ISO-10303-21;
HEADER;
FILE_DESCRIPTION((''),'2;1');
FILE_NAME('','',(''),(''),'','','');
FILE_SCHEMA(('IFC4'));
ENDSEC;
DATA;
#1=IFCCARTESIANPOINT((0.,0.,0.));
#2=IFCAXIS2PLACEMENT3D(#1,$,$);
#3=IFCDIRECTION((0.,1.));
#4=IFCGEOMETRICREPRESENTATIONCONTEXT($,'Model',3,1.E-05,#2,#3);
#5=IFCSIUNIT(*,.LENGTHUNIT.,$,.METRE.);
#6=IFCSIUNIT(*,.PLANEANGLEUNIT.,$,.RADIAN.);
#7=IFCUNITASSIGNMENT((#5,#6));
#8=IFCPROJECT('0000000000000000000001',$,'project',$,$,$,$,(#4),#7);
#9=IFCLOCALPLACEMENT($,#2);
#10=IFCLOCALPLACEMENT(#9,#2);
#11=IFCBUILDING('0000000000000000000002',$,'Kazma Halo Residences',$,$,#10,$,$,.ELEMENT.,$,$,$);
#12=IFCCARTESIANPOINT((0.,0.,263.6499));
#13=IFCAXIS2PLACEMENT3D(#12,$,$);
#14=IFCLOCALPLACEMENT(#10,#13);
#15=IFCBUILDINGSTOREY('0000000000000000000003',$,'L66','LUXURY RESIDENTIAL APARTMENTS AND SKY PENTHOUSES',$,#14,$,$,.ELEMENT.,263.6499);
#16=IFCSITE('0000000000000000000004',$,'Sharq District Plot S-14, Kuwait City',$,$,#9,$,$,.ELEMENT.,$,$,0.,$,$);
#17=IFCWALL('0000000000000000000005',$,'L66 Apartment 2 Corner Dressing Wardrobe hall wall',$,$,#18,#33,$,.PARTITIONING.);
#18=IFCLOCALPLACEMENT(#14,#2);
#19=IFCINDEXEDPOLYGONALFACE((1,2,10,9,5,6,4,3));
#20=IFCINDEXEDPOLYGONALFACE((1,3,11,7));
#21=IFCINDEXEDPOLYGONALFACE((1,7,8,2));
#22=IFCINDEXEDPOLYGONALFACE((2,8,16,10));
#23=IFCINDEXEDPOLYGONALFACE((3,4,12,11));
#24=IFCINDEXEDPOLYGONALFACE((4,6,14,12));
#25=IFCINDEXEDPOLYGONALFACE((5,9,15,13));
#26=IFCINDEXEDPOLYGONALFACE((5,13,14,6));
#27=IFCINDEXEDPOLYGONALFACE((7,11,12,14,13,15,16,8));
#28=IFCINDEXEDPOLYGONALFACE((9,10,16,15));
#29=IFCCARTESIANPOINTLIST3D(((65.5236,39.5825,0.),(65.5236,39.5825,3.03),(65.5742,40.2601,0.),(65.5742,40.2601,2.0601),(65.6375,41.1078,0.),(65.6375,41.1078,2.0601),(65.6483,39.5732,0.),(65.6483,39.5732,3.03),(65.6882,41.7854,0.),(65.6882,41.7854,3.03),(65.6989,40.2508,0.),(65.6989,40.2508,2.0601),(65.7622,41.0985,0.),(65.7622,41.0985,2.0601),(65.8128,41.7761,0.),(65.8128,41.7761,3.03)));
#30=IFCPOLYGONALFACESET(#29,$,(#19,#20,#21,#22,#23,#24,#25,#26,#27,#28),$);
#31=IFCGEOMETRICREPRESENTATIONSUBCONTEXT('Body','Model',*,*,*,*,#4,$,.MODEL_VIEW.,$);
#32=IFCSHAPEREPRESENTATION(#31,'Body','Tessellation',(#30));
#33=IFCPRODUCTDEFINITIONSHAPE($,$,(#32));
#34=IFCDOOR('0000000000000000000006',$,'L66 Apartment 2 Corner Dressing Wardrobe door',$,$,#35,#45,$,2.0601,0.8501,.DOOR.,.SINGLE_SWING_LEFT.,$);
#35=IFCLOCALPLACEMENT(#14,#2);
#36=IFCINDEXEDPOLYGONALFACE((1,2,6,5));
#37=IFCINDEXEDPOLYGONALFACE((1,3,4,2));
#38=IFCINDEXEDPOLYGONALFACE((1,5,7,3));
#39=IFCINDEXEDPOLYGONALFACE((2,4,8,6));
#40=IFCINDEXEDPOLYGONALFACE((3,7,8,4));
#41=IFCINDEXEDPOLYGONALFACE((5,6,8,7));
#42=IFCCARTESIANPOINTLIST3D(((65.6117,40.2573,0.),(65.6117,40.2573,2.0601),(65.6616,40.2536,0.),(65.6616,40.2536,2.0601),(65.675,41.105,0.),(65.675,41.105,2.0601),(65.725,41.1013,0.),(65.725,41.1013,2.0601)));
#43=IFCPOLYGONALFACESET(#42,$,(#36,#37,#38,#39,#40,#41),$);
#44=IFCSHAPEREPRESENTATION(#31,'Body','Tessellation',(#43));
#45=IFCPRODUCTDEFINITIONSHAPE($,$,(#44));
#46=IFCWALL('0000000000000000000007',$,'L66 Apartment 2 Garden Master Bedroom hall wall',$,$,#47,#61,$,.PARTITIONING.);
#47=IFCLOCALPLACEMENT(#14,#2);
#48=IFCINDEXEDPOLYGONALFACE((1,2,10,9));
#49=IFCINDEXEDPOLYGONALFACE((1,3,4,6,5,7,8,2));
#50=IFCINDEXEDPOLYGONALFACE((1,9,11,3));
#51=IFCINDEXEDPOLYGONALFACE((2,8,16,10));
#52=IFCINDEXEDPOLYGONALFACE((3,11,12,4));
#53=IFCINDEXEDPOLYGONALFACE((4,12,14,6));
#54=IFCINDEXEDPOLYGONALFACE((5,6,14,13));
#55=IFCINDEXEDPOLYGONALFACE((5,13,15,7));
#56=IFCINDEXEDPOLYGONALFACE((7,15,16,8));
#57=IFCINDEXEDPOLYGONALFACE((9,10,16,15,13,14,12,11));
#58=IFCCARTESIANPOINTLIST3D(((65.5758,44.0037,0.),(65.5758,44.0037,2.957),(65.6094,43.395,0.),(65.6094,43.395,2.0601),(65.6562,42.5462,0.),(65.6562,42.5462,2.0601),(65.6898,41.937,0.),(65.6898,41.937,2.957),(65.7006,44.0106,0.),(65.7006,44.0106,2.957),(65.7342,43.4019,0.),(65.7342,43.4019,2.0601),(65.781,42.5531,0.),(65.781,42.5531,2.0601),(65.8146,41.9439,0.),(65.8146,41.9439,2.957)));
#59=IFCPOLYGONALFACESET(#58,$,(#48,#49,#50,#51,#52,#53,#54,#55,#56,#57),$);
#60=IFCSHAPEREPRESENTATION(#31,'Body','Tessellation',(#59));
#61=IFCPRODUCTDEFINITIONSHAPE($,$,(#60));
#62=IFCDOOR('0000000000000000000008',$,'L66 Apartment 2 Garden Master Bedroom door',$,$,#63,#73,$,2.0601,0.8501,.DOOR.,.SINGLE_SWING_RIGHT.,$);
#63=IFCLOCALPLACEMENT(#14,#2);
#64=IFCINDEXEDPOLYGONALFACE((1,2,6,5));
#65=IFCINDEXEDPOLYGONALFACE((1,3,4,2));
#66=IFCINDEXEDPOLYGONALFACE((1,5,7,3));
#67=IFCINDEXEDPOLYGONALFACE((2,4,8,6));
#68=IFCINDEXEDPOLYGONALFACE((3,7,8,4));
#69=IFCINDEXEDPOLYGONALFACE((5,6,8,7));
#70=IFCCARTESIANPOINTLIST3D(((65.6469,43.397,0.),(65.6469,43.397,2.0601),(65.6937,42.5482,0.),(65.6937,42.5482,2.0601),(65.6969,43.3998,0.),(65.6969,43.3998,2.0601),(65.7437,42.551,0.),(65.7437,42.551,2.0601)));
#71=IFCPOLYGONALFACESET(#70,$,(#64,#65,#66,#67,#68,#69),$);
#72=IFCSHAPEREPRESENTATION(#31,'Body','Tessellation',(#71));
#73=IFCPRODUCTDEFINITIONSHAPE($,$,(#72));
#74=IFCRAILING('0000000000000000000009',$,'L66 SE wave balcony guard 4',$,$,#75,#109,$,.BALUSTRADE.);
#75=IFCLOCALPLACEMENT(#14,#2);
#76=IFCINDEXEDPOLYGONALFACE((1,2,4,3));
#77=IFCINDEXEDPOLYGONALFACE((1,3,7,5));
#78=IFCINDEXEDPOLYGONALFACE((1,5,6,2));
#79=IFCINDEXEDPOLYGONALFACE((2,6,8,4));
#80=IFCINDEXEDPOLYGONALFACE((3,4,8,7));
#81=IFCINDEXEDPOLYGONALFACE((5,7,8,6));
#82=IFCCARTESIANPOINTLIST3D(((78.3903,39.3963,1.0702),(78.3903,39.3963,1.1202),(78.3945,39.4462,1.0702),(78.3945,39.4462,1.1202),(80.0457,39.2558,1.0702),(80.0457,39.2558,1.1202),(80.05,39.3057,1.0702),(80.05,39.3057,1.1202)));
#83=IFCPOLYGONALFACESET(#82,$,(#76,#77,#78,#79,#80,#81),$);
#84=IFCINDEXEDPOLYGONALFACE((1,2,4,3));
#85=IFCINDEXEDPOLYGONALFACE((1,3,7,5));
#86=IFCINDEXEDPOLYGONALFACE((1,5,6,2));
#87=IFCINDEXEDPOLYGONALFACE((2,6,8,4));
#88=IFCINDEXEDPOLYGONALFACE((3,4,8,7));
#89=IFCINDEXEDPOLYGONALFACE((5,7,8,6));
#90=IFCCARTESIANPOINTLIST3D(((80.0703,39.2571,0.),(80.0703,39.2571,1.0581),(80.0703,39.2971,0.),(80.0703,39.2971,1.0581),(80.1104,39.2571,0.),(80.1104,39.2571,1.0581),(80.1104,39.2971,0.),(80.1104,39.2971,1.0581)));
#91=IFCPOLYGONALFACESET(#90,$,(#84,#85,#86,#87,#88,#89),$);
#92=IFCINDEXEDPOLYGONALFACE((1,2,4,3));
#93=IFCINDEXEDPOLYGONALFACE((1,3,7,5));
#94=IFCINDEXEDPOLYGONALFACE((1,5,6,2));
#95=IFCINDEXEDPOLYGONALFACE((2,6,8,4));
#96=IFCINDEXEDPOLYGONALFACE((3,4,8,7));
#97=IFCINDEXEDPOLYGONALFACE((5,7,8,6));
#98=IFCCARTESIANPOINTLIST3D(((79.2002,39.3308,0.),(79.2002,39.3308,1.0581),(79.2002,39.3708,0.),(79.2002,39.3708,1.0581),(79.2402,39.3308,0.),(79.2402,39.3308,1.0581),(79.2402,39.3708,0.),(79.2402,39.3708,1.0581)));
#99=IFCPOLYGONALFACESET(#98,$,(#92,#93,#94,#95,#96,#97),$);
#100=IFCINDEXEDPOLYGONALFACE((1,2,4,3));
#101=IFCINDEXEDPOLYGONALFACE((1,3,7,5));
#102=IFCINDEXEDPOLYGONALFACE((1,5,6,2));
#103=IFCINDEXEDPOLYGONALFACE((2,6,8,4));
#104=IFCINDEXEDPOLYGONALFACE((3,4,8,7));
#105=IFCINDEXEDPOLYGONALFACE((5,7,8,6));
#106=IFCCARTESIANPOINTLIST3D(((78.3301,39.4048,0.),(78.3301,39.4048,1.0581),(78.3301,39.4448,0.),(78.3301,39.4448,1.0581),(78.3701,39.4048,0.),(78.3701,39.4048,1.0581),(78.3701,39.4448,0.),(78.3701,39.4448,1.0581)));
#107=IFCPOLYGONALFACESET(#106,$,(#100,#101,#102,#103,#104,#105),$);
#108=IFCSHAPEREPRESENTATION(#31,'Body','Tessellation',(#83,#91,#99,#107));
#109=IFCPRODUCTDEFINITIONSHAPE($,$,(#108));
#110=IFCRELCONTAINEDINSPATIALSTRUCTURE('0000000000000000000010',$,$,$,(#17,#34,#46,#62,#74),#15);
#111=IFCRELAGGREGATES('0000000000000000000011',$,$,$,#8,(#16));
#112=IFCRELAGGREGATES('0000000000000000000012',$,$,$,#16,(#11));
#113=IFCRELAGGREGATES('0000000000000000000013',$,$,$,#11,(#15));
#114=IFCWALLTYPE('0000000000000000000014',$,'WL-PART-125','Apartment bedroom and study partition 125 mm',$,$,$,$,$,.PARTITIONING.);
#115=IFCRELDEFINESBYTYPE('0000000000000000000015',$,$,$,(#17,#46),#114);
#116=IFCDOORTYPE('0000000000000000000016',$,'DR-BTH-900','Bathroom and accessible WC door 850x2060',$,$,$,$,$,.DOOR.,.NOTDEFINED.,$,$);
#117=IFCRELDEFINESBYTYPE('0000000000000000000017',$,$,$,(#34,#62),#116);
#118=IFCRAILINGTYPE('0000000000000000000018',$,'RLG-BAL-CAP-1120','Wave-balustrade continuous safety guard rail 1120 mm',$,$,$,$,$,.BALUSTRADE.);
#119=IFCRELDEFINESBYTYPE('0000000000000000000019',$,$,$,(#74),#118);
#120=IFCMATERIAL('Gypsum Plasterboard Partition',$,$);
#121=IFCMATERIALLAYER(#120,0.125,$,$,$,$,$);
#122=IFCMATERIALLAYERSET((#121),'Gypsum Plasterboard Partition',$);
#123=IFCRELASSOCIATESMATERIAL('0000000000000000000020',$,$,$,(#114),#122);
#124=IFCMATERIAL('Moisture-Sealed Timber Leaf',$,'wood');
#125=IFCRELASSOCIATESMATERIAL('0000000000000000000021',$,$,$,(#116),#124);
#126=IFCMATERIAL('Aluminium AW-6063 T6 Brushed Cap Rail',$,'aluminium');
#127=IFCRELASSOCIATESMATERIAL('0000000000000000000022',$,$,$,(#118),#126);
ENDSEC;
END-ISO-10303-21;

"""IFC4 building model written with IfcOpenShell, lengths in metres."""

from ifc_helpers import new_model, si_unit, direction, frame, frame_2d, origin, origin_2d, place, context, subcontext, project, spatial, rectangle, extrude, material, layer, layer_set, type_object, element, fill, save


model = new_model("IFC4")

# Units and contexts
model_context = context("Model", 3, precision=1e-05, world=origin(), true_north=direction((0.0, 1.0)))
body_context = subcontext(model_context, "Body", "Model", "MODEL_VIEW")
ifc_project = project(units=[si_unit("LENGTHUNIT", "METRE"), si_unit("PLANEANGLEUNIT", "RADIAN")], contexts=[model_context])

# Site, building, storey
site_placement = place(None, origin())
site = spatial("IfcSite", under=ifc_project, at=site_placement, Name="Sharq District Plot S-14, Kuwait City", CompositionType="ELEMENT", RefElevation=0.0)
building_placement = place(site_placement, origin())
building = spatial("IfcBuilding", under=site, at=building_placement, Name="Kazma Halo Residences", CompositionType="ELEMENT")
storey_placement = place(building_placement, frame((0.0, 0.0, 263.6499)))
storey = spatial("IfcBuildingStorey", under=building, at=storey_placement, Name="L66", Description="LUXURY RESIDENTIAL APARTMENTS AND SKY PENTHOUSES", CompositionType="ELEMENT", Elevation=263.6499)

# Shared definitions
ifc_material_1 = material(Name="Gypsum Plasterboard Partition")
ifc_layer_1 = layer(ifc_material_1, 0.125)
ifc_layer_set_1 = layer_set([ifc_layer_1], Name="Gypsum Plasterboard Partition")
wall_type_1 = type_object("IfcWallType", Name="WL-PART-125", Description="Apartment bedroom and study partition 125 mm", PredefinedType="PARTITIONING", material=ifc_layer_set_1)

# Shared definitions
ifc_material_2 = material(Name="Moisture-Sealed Timber Leaf", Category="wood")
door_type = type_object("IfcDoorType", Name="DR-BTH-900", Description="Bathroom and accessible WC door 850x2060", OperationType="NOTDEFINED", PredefinedType="DOOR", material=ifc_material_2)

# Walls, openings, doors
wall_1_placement = place(storey_placement, frame((65.5859, 39.5779, 0.0), z_axis=(0.0, 0.0, 1.0), x_axis=(0.07449, 0.997222, 0.0)))
wall_1 = element("IfcWall", 1, at=wall_1_placement, inside=storey, type_object=wall_type_1, Name="L66 Apartment 2 Corner Dressing Wardrobe hall wall", PredefinedType="PARTITIONING", context=body_context, shape_type="SweptSolid", body=[
    extrude(rectangle(XDim=2.209, YDim=0.125, at=frame_2d((1.1045, 0.0))), origin(), (0.0, 0.0, 1.0), 3.03),
])
opening_1_placement = place(wall_1_placement, frame((0.6794, 0.0, 0.0)))
opening_1 = element("IfcOpeningElement", 2, at=opening_1_placement, cuts=wall_1, PredefinedType="OPENING", context=body_context, shape_type="SweptSolid", body=[
    extrude(rectangle(XDim=0.8501, YDim=2.0601, at=frame_2d((0.425, 1.03))), frame((0.0, 0.0725, 0.0), z_axis=(0.0, -1.0, 0.0), x_axis=(1.0, 0.0, 0.0)), (0.0, 0.0, 1.0), 0.145),
])
door_1_placement = place(opening_1_placement, origin())
door_1 = element("IfcDoor", 3, at=door_1_placement, inside=storey, type_object=door_type, Name="L66 Apartment 2 Corner Dressing Wardrobe door", OperationType="SINGLE_SWING_LEFT", OverallHeight=2.0601, OverallWidth=0.8501, PredefinedType="DOOR", context=body_context, shape_type="SweptSolid", body=[
    extrude(rectangle(XDim=0.8501, YDim=2.0601, at=frame_2d((0.425, 1.03))), frame((0.0, 0.0249, 0.0), z_axis=(0.0, -1.0, 0.0), x_axis=(1.0, 0.0, 0.0)), (0.0, 0.0, 1.0), 0.05),
])
fill(opening_1, door_1)
wall_2_placement = place(storey_placement, frame((65.7522, 41.9404, 0.0), z_axis=(0.0, 0.0, 1.0), x_axis=(-0.055085, 0.998482, 0.0)))
wall_2 = element("IfcWall", 4, at=wall_2_placement, inside=storey, type_object=wall_type_1, Name="L66 Apartment 2 Garden Master Bedroom hall wall", PredefinedType="PARTITIONING", context=body_context, shape_type="SweptSolid", body=[
    extrude(rectangle(XDim=2.0698, YDim=0.125, at=frame_2d((1.0349, 0.0))), origin(), (0.0, 0.0, 1.0), 2.957),
])
opening_2_placement = place(wall_2_placement, frame((0.6101, 0.0, 0.0)))
opening_2 = element("IfcOpeningElement", 5, at=opening_2_placement, cuts=wall_2, PredefinedType="OPENING", context=body_context, shape_type="SweptSolid", body=[
    extrude(rectangle(XDim=0.8501, YDim=2.0601, at=frame_2d((0.425, 1.03))), frame((0.0, 0.0725, 0.0), z_axis=(0.0, -1.0, 0.0), x_axis=(1.0, 0.0, 0.0)), (0.0, 0.0, 1.0), 0.145),
])
door_2_placement = place(opening_2_placement, origin())
door_2 = element("IfcDoor", 6, at=door_2_placement, inside=storey, type_object=door_type, Name="L66 Apartment 2 Garden Master Bedroom door", OperationType="SINGLE_SWING_RIGHT", OverallHeight=2.0601, OverallWidth=0.8501, PredefinedType="DOOR", context=body_context, shape_type="SweptSolid", body=[
    extrude(rectangle(XDim=0.8501, YDim=2.0601, at=frame_2d((0.425, 1.03))), frame((0.0, 0.0249, 0.0), z_axis=(0.0, -1.0, 0.0), x_axis=(1.0, 0.0, 0.0)), (0.0, 0.0, 1.0), 0.05),
])
fill(opening_2, door_2)

# Railing
ifc_material_3 = material(Name="Aluminium AW-6063 T6 Brushed Cap Rail", Category="aluminium")
railing_type = type_object("IfcRailingType", Name="RLG-BAL-CAP-1120", Description="Wave-balustrade continuous safety guard rail 1120 mm", PredefinedType="BALUSTRADE", material=ifc_material_3)
railing_placement = place(storey_placement, frame((80.0903, 39.2771, 0.0)))
element("IfcRailing", 7, at=railing_placement, inside=storey, type_object=railing_type, Name="L66 SE wave balcony guard 4", PredefinedType="BALUSTRADE", context=body_context, shape_type="SweptSolid", body=[
    extrude(rectangle(XDim=0.05, YDim=0.05, at=origin_2d()), frame((-0.0425, 0.0037, 1.0952), z_axis=(-0.996417, 0.084572, 0.0), x_axis=(-0.084572, -0.996417, 0.0)), (0.0, 0.0, 1.0), 1.6614),
    extrude(rectangle(XDim=0.04, YDim=0.04, at=origin_2d()), origin(), (0.0, 0.0, 1.0), 1.0581),
    extrude(rectangle(XDim=0.04, YDim=0.04, at=origin_2d()), frame((-0.8701, 0.0737, 0.0)), (0.0, 0.0, 1.0), 1.0581),
    extrude(rectangle(XDim=0.04, YDim=0.04, at=origin_2d()), frame((-1.7402, 0.1477, 0.0)), (0.0, 0.0, 1.0), 1.0581),
])

save(model, "model.ifc")
